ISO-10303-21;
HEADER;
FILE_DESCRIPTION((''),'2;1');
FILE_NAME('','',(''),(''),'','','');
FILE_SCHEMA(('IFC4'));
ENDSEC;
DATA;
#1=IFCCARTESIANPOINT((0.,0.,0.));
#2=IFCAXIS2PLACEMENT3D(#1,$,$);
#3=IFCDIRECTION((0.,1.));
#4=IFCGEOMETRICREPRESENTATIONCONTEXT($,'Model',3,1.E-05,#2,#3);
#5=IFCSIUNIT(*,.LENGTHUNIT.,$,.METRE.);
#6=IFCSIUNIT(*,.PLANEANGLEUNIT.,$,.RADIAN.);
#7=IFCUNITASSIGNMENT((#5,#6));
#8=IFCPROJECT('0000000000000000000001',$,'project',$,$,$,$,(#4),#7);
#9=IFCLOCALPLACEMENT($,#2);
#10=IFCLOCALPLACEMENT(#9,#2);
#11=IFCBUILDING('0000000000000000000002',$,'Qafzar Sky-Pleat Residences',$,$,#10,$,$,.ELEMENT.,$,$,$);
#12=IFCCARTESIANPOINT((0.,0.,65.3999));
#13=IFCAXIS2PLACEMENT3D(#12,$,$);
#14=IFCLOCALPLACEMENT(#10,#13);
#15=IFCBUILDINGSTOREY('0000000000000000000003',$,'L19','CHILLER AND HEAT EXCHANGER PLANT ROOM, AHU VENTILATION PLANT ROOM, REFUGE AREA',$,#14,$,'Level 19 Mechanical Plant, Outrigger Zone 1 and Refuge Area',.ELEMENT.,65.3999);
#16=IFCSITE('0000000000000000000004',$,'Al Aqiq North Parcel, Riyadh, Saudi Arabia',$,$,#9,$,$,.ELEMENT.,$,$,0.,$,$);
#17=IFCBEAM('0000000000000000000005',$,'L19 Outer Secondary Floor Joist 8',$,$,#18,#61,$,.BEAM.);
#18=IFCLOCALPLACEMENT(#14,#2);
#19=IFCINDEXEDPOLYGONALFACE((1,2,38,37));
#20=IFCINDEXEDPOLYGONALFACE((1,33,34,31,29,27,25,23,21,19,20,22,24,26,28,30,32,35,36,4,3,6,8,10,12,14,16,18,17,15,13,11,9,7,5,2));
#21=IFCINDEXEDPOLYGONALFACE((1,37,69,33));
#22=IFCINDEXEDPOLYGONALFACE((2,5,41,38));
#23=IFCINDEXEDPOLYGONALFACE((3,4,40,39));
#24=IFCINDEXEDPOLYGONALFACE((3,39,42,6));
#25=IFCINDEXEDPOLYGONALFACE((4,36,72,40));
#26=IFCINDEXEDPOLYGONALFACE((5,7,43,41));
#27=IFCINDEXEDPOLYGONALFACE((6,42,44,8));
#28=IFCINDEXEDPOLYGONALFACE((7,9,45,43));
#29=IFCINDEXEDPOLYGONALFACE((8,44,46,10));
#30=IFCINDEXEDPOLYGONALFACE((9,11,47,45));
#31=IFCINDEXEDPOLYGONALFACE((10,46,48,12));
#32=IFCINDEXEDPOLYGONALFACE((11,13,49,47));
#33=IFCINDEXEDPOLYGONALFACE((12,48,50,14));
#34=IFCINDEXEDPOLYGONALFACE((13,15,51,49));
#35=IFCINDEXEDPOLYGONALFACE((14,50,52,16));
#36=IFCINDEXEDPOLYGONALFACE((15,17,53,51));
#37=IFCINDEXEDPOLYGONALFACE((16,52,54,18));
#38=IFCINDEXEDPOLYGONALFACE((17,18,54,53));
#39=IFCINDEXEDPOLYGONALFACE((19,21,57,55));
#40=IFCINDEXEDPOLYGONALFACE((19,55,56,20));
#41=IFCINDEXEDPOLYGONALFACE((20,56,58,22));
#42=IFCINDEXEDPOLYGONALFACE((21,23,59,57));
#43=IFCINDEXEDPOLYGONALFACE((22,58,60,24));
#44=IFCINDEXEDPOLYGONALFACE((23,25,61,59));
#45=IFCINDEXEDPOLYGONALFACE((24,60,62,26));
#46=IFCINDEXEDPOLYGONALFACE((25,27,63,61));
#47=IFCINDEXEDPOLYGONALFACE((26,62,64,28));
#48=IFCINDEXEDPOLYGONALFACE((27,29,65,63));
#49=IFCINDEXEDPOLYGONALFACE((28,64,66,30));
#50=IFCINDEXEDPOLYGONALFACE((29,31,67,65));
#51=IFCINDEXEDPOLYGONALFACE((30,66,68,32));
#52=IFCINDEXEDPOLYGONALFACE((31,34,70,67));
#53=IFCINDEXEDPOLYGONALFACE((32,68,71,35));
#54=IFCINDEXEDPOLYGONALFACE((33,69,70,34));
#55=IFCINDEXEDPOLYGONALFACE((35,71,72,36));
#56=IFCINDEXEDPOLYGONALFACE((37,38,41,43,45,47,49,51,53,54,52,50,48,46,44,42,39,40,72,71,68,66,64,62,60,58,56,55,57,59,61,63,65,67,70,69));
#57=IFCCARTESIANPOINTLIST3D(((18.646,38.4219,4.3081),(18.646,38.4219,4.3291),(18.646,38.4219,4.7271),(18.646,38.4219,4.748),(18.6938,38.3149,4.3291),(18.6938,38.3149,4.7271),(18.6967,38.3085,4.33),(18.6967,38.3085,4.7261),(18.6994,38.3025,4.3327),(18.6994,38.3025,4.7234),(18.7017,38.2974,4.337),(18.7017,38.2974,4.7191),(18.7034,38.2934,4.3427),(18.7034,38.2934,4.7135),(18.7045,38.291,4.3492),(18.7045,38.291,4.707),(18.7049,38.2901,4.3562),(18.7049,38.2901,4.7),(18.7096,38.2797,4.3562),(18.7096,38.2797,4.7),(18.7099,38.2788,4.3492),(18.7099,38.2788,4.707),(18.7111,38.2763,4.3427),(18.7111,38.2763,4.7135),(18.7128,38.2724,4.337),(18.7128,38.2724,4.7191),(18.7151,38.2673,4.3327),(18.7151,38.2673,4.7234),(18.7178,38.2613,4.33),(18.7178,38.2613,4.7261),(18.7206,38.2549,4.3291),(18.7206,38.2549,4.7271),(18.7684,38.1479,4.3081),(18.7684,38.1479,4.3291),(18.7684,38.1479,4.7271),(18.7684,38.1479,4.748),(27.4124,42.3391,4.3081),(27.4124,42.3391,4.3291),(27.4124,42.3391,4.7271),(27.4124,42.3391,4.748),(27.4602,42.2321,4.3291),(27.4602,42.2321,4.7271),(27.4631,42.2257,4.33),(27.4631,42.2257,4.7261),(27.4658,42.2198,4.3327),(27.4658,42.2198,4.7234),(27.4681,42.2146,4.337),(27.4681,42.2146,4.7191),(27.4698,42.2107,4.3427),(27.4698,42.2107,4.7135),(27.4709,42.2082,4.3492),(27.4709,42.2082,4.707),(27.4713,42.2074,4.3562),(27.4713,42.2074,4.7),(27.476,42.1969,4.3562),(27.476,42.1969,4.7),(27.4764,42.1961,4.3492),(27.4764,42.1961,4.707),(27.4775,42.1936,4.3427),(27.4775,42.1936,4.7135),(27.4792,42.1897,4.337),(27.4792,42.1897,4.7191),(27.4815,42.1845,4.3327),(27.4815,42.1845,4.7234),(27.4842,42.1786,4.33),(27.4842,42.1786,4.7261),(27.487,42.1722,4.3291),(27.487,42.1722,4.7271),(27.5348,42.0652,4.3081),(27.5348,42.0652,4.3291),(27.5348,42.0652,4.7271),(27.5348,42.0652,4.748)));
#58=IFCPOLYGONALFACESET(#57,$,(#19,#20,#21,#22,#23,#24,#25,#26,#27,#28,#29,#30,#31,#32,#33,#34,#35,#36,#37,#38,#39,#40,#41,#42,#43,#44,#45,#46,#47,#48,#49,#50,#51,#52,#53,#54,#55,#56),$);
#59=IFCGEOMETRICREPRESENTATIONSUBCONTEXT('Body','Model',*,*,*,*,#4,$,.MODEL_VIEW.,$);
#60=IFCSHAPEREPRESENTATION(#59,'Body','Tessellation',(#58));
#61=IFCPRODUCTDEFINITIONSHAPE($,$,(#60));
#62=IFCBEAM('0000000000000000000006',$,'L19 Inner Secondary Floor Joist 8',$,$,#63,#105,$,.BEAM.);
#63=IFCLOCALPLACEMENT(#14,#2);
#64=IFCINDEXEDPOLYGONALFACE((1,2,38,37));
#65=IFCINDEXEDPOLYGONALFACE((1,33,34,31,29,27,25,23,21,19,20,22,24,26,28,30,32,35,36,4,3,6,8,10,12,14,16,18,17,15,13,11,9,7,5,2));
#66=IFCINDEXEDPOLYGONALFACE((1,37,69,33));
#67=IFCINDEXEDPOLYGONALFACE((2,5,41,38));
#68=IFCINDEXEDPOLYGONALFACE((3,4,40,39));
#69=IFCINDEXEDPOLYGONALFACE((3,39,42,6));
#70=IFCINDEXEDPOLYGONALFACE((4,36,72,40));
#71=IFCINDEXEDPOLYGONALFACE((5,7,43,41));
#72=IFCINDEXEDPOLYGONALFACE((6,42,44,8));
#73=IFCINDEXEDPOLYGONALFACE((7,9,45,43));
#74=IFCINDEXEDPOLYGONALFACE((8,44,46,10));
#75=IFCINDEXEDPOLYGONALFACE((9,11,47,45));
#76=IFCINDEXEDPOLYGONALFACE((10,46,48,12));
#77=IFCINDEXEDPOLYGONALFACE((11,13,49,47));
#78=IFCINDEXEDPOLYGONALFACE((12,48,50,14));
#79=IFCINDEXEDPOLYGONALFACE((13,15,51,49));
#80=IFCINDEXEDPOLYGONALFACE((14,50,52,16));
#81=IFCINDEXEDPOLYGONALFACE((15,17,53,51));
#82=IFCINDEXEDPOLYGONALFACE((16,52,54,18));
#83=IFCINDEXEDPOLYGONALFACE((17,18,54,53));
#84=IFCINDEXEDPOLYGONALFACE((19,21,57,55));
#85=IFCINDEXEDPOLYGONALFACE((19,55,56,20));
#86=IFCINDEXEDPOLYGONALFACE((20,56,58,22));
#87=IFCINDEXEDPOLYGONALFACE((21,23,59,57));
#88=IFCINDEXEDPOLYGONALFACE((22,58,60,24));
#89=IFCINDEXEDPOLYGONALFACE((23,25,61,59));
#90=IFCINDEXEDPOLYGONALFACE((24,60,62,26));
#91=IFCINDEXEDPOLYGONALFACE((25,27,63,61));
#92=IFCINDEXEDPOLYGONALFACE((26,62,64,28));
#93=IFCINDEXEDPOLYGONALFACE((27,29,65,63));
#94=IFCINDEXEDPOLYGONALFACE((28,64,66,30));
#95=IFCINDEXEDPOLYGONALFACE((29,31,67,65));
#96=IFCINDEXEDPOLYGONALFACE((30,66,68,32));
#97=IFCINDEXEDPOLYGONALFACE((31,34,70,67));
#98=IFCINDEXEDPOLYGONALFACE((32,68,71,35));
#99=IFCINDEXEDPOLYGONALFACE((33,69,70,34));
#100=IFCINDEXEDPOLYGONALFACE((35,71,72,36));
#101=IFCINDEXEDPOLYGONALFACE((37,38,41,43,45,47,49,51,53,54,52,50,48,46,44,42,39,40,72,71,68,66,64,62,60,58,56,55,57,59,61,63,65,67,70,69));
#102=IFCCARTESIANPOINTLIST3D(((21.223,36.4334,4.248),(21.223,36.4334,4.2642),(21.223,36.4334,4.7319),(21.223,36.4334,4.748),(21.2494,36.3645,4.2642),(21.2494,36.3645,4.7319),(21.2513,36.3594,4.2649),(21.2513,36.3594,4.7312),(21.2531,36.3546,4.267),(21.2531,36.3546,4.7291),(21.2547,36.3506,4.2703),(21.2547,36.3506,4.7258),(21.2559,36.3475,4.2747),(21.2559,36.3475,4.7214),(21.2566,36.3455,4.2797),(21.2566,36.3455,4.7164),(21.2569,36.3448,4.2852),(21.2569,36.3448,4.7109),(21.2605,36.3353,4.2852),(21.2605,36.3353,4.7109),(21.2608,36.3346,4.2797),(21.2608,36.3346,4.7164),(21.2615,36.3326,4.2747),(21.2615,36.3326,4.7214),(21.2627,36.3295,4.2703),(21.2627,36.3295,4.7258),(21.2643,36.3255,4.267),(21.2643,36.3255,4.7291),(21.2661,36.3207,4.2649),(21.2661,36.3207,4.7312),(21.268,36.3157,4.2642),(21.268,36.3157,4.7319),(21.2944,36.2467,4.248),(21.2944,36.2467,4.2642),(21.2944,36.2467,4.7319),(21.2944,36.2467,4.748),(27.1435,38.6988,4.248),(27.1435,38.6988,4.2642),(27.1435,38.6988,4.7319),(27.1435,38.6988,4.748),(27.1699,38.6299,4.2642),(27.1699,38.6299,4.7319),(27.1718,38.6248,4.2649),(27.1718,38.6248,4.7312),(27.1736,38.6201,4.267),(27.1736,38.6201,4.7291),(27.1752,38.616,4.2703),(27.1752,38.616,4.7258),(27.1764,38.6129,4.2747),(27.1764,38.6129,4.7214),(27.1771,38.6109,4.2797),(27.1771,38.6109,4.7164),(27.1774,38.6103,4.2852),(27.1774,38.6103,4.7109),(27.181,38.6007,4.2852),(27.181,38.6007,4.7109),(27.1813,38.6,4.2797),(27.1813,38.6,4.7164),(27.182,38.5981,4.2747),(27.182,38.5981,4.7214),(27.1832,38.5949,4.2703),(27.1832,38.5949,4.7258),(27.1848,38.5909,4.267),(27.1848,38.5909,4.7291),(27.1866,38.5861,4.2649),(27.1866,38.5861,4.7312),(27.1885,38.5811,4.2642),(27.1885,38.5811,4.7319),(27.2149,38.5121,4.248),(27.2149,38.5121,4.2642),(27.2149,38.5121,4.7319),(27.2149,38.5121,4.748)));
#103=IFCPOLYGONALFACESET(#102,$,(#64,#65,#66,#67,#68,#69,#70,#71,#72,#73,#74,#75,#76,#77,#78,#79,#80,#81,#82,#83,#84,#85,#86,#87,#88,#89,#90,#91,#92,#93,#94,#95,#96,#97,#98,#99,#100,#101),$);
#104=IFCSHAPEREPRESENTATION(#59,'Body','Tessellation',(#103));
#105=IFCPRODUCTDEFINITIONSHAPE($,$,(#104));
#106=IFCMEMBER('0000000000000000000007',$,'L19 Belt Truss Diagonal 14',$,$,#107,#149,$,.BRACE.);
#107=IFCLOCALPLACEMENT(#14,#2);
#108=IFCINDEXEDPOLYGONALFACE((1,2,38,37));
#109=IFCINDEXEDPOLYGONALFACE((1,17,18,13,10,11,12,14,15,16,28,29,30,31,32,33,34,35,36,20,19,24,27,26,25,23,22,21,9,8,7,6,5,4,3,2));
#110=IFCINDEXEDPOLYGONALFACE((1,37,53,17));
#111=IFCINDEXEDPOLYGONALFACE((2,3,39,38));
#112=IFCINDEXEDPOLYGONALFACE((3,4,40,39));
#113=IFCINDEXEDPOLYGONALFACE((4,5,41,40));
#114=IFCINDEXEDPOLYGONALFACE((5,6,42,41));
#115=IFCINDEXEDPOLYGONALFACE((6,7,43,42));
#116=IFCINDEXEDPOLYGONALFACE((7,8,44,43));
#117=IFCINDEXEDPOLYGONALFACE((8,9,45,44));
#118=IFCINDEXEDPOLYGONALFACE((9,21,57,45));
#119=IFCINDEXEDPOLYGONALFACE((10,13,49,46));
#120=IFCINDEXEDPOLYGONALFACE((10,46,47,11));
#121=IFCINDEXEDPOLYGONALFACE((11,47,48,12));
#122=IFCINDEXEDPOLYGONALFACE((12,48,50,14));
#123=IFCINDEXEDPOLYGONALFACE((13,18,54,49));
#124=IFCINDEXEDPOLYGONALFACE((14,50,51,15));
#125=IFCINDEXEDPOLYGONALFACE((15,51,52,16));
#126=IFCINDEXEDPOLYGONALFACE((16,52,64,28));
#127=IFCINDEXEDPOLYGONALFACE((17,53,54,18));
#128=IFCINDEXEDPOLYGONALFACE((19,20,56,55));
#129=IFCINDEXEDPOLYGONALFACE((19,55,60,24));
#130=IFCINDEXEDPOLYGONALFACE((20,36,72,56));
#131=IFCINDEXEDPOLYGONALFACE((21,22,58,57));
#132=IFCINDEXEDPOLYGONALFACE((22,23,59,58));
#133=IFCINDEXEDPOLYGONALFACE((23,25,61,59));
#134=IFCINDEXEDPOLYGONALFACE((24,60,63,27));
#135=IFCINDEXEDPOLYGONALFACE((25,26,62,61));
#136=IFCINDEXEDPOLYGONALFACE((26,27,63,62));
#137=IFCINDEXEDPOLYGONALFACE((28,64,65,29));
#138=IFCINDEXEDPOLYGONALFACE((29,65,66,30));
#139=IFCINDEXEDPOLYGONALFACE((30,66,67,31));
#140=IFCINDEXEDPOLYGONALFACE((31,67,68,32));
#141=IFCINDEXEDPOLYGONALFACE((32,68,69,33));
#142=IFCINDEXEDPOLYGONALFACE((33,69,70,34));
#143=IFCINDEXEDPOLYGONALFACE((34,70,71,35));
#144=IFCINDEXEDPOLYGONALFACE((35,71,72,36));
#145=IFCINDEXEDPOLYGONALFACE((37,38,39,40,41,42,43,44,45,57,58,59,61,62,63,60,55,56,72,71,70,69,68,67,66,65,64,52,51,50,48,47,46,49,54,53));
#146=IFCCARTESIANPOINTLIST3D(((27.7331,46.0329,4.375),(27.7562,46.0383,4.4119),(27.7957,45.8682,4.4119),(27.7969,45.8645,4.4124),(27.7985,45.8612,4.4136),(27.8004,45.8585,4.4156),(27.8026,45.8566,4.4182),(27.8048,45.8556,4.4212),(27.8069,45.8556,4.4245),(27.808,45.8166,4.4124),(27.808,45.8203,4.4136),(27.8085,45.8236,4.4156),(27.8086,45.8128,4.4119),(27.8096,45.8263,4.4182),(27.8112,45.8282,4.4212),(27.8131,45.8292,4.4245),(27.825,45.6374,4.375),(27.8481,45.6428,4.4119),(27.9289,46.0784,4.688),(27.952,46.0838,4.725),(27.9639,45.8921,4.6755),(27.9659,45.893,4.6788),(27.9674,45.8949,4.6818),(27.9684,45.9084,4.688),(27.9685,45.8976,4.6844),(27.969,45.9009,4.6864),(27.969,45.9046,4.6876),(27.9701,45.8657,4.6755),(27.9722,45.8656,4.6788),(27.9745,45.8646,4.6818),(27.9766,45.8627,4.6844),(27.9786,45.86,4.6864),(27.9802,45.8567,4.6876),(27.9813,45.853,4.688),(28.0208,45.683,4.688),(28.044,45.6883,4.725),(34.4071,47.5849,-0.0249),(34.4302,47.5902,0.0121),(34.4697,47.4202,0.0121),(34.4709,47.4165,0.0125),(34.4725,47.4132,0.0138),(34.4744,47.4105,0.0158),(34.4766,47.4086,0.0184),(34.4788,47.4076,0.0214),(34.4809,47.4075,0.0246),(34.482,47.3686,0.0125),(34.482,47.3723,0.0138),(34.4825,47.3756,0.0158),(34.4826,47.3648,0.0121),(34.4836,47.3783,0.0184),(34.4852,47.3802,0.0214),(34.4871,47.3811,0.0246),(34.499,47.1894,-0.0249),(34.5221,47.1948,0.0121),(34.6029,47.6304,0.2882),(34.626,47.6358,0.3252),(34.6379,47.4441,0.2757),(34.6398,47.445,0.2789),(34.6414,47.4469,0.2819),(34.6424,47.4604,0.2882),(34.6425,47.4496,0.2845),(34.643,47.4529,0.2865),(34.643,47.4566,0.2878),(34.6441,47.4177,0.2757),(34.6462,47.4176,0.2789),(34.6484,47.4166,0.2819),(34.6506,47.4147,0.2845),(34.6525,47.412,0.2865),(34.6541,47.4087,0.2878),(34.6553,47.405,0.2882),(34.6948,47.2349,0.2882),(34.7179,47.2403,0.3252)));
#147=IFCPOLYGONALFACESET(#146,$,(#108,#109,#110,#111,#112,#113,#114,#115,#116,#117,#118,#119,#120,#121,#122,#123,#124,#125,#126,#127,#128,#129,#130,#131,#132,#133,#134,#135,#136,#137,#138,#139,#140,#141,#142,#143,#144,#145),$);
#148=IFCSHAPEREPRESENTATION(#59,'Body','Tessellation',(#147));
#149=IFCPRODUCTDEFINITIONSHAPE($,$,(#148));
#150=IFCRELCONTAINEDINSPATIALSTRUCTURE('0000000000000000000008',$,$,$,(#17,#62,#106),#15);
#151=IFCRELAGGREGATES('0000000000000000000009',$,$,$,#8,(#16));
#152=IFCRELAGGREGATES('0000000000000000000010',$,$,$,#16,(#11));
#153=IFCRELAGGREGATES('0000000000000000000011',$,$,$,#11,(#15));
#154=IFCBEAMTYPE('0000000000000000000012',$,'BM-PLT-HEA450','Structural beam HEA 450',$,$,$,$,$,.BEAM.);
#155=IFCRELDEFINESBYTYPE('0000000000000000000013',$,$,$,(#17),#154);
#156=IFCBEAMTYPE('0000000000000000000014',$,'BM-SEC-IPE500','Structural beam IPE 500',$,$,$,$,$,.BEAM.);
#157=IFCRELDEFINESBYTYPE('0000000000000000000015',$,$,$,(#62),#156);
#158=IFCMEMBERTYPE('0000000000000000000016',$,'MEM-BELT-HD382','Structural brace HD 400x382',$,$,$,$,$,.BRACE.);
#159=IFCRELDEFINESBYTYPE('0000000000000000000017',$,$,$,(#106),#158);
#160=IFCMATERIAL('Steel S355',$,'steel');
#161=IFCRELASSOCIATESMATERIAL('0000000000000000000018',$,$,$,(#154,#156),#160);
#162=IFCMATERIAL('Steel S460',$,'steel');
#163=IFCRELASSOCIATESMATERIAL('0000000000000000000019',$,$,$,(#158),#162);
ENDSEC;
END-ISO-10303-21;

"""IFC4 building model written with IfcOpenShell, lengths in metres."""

from ifc_helpers import new_model, si_unit, direction, frame, origin, origin_2d, place, context, subcontext, project, spatial, i_section, extrude, source, transform, mapped, material, material_profile, profile_set, type_object, element, save


model = new_model("IFC4")

# Units and contexts
model_context = context("Model", 3, precision=1e-05, world=origin(), true_north=direction((0.0, 1.0)))
body_context = subcontext(model_context, "Body", "Model", "MODEL_VIEW")
ifc_project = project(units=[si_unit("LENGTHUNIT", "METRE"), si_unit("PLANEANGLEUNIT", "RADIAN")], contexts=[model_context])

# Site, building, storey
site_placement = place(None, origin())
site = spatial("IfcSite", under=ifc_project, at=site_placement, Name="Al Aqiq North Parcel, Riyadh, Saudi Arabia", CompositionType="ELEMENT", RefElevation=0.0)
building_placement = place(site_placement, origin())
building = spatial("IfcBuilding", under=site, at=building_placement, Name="Qafzar Sky-Pleat Residences", CompositionType="ELEMENT")
storey_placement = place(building_placement, frame((0.0, 0.0, 65.3999)))
storey = spatial("IfcBuildingStorey", under=building, at=storey_placement, Name="L19", Description="CHILLER AND HEAT EXCHANGER PLANT ROOM, AHU VENTILATION PLANT ROOM, REFUGE AREA", LongName="Level 19 Mechanical Plant, Outrigger Zone 1 and Refuge Area", CompositionType="ELEMENT", Elevation=65.3999)

# Shared definitions
ifc_material_1 = material(Name="Steel S460", Category="steel")

# Beams
ifc_material_2 = material(Name="Steel S355", Category="steel")
ifc_material_profile_1 = material_profile(ifc_material_2, i_section(OverallWidth=0.3, OverallDepth=0.4399, WebThickness=0.0115, FlangeThickness=0.021, FilletRadius=0.0271, at=origin_2d()), Name="HEA 450")
ifc_profile_set_1 = profile_set([ifc_material_profile_1], Name="Steel S355")
beam_type_1 = type_object("IfcBeamType", Name="BM-PLT-HEA450", Description="Structural beam HEA 450", PredefinedType="BEAM", material=ifc_profile_set_1)
shared_shape_1 = source(origin(), body_context, "Body", "SweptSolid", [
    extrude(i_section(OverallWidth=0.3, OverallDepth=0.4399, WebThickness=0.0115, FlangeThickness=0.021, FilletRadius=0.0271, at=origin_2d()), origin(), (0.0, 0.0, 1.0), 9.6018),
])
beam_1_placement = place(storey_placement, frame((27.4736, 42.2021, 4.5281), z_axis=(-0.912995, -0.407971, 0.0), x_axis=(0.407971, -0.912995, 0.0)))
element("IfcBeam", 1, at=beam_1_placement, inside=storey, type_object=beam_type_1, Name="L19 Outer Secondary Floor Joist 8", PredefinedType="BEAM", context=body_context, shape_type="MappedRepresentation", body=[
    mapped(shared_shape_1, transform((0.0, 0.0, 0.0), x_axis=(1.0, 0.0, 0.0), y_axis=(0.0, 1.0, 0.0), z_axis=(0.0, 0.0, 1.0), scale=1.0)),
])
ifc_material_profile_2 = material_profile(ifc_material_2, i_section(OverallWidth=0.2, OverallDepth=0.5, WebThickness=0.0103, FlangeThickness=0.0161, FilletRadius=0.021, at=origin_2d()), Name="IPE 500")
ifc_profile_set_2 = profile_set([ifc_material_profile_2], Name="Steel S355")
beam_type_2 = type_object("IfcBeamType", Name="BM-SEC-IPE500", Description="Structural beam IPE 500", PredefinedType="BEAM", material=ifc_profile_set_2)
shared_shape_2 = source(origin(), body_context, "Body", "SweptSolid", [
    extrude(i_section(OverallWidth=0.2, OverallDepth=0.5, WebThickness=0.0103, FlangeThickness=0.0161, FilletRadius=0.021, at=origin_2d()), origin(), (0.0, 0.0, 1.0), 6.3391),
])
beam_2_placement = place(storey_placement, frame((27.1792, 38.6055, 4.498), z_axis=(-0.933963, -0.357371, 0.0), x_axis=(0.357371, -0.933963, 0.0)))
element("IfcBeam", 2, at=beam_2_placement, inside=storey, type_object=beam_type_2, Name="L19 Inner Secondary Floor Joist 8", PredefinedType="BEAM", context=body_context, shape_type="MappedRepresentation", body=[
    mapped(shared_shape_2, transform((0.0, 0.0, 0.0), x_axis=(1.0, 0.0, 0.0), y_axis=(0.0, 1.0, 0.0), z_axis=(0.0, 0.0, 1.0), scale=1.0)),
])

# Member
ifc_material_profile_3 = material_profile(ifc_material_1, i_section(OverallWidth=0.406, OverallDepth=0.416, WebThickness=0.0271, FlangeThickness=0.0439, FilletRadius=0.0149, at=origin_2d()), Name="HD 400x382")
ifc_profile_set_3 = profile_set([ifc_material_profile_3], Name="Steel S460")
member_type_1 = type_object("IfcMemberType", Name="MEM-BELT-HD382", Description="Structural brace HD 400x382", PredefinedType="BRACE", material=ifc_profile_set_3)
shared_shape_3 = source(origin(), body_context, "Body", "SweptSolid", [
    extrude(i_section(OverallWidth=0.406, OverallDepth=0.416, WebThickness=0.0271, FlangeThickness=0.0439, FilletRadius=0.0149, at=origin_2d()), origin(), (0.0, 0.0, 1.0), 8.1431),
])
member_1_placement = place(storey_placement, frame((34.5625, 47.4126, 0.1501), z_axis=(-0.819592, -0.19059, 0.540319), x_axis=(0.226499, -0.974012, 0.0)))
element("IfcMember", 3, at=member_1_placement, inside=storey, type_object=member_type_1, Name="L19 Belt Truss Diagonal 14", PredefinedType="BRACE", context=body_context, shape_type="MappedRepresentation", body=[
    mapped(shared_shape_3, transform((0.0, 0.0, 0.0), x_axis=(1.0, 0.0, 0.0), y_axis=(0.0, 1.0, 0.0), z_axis=(0.0, 0.0, 1.0), scale=1.0)),
])

save(model, "model.ifc")
